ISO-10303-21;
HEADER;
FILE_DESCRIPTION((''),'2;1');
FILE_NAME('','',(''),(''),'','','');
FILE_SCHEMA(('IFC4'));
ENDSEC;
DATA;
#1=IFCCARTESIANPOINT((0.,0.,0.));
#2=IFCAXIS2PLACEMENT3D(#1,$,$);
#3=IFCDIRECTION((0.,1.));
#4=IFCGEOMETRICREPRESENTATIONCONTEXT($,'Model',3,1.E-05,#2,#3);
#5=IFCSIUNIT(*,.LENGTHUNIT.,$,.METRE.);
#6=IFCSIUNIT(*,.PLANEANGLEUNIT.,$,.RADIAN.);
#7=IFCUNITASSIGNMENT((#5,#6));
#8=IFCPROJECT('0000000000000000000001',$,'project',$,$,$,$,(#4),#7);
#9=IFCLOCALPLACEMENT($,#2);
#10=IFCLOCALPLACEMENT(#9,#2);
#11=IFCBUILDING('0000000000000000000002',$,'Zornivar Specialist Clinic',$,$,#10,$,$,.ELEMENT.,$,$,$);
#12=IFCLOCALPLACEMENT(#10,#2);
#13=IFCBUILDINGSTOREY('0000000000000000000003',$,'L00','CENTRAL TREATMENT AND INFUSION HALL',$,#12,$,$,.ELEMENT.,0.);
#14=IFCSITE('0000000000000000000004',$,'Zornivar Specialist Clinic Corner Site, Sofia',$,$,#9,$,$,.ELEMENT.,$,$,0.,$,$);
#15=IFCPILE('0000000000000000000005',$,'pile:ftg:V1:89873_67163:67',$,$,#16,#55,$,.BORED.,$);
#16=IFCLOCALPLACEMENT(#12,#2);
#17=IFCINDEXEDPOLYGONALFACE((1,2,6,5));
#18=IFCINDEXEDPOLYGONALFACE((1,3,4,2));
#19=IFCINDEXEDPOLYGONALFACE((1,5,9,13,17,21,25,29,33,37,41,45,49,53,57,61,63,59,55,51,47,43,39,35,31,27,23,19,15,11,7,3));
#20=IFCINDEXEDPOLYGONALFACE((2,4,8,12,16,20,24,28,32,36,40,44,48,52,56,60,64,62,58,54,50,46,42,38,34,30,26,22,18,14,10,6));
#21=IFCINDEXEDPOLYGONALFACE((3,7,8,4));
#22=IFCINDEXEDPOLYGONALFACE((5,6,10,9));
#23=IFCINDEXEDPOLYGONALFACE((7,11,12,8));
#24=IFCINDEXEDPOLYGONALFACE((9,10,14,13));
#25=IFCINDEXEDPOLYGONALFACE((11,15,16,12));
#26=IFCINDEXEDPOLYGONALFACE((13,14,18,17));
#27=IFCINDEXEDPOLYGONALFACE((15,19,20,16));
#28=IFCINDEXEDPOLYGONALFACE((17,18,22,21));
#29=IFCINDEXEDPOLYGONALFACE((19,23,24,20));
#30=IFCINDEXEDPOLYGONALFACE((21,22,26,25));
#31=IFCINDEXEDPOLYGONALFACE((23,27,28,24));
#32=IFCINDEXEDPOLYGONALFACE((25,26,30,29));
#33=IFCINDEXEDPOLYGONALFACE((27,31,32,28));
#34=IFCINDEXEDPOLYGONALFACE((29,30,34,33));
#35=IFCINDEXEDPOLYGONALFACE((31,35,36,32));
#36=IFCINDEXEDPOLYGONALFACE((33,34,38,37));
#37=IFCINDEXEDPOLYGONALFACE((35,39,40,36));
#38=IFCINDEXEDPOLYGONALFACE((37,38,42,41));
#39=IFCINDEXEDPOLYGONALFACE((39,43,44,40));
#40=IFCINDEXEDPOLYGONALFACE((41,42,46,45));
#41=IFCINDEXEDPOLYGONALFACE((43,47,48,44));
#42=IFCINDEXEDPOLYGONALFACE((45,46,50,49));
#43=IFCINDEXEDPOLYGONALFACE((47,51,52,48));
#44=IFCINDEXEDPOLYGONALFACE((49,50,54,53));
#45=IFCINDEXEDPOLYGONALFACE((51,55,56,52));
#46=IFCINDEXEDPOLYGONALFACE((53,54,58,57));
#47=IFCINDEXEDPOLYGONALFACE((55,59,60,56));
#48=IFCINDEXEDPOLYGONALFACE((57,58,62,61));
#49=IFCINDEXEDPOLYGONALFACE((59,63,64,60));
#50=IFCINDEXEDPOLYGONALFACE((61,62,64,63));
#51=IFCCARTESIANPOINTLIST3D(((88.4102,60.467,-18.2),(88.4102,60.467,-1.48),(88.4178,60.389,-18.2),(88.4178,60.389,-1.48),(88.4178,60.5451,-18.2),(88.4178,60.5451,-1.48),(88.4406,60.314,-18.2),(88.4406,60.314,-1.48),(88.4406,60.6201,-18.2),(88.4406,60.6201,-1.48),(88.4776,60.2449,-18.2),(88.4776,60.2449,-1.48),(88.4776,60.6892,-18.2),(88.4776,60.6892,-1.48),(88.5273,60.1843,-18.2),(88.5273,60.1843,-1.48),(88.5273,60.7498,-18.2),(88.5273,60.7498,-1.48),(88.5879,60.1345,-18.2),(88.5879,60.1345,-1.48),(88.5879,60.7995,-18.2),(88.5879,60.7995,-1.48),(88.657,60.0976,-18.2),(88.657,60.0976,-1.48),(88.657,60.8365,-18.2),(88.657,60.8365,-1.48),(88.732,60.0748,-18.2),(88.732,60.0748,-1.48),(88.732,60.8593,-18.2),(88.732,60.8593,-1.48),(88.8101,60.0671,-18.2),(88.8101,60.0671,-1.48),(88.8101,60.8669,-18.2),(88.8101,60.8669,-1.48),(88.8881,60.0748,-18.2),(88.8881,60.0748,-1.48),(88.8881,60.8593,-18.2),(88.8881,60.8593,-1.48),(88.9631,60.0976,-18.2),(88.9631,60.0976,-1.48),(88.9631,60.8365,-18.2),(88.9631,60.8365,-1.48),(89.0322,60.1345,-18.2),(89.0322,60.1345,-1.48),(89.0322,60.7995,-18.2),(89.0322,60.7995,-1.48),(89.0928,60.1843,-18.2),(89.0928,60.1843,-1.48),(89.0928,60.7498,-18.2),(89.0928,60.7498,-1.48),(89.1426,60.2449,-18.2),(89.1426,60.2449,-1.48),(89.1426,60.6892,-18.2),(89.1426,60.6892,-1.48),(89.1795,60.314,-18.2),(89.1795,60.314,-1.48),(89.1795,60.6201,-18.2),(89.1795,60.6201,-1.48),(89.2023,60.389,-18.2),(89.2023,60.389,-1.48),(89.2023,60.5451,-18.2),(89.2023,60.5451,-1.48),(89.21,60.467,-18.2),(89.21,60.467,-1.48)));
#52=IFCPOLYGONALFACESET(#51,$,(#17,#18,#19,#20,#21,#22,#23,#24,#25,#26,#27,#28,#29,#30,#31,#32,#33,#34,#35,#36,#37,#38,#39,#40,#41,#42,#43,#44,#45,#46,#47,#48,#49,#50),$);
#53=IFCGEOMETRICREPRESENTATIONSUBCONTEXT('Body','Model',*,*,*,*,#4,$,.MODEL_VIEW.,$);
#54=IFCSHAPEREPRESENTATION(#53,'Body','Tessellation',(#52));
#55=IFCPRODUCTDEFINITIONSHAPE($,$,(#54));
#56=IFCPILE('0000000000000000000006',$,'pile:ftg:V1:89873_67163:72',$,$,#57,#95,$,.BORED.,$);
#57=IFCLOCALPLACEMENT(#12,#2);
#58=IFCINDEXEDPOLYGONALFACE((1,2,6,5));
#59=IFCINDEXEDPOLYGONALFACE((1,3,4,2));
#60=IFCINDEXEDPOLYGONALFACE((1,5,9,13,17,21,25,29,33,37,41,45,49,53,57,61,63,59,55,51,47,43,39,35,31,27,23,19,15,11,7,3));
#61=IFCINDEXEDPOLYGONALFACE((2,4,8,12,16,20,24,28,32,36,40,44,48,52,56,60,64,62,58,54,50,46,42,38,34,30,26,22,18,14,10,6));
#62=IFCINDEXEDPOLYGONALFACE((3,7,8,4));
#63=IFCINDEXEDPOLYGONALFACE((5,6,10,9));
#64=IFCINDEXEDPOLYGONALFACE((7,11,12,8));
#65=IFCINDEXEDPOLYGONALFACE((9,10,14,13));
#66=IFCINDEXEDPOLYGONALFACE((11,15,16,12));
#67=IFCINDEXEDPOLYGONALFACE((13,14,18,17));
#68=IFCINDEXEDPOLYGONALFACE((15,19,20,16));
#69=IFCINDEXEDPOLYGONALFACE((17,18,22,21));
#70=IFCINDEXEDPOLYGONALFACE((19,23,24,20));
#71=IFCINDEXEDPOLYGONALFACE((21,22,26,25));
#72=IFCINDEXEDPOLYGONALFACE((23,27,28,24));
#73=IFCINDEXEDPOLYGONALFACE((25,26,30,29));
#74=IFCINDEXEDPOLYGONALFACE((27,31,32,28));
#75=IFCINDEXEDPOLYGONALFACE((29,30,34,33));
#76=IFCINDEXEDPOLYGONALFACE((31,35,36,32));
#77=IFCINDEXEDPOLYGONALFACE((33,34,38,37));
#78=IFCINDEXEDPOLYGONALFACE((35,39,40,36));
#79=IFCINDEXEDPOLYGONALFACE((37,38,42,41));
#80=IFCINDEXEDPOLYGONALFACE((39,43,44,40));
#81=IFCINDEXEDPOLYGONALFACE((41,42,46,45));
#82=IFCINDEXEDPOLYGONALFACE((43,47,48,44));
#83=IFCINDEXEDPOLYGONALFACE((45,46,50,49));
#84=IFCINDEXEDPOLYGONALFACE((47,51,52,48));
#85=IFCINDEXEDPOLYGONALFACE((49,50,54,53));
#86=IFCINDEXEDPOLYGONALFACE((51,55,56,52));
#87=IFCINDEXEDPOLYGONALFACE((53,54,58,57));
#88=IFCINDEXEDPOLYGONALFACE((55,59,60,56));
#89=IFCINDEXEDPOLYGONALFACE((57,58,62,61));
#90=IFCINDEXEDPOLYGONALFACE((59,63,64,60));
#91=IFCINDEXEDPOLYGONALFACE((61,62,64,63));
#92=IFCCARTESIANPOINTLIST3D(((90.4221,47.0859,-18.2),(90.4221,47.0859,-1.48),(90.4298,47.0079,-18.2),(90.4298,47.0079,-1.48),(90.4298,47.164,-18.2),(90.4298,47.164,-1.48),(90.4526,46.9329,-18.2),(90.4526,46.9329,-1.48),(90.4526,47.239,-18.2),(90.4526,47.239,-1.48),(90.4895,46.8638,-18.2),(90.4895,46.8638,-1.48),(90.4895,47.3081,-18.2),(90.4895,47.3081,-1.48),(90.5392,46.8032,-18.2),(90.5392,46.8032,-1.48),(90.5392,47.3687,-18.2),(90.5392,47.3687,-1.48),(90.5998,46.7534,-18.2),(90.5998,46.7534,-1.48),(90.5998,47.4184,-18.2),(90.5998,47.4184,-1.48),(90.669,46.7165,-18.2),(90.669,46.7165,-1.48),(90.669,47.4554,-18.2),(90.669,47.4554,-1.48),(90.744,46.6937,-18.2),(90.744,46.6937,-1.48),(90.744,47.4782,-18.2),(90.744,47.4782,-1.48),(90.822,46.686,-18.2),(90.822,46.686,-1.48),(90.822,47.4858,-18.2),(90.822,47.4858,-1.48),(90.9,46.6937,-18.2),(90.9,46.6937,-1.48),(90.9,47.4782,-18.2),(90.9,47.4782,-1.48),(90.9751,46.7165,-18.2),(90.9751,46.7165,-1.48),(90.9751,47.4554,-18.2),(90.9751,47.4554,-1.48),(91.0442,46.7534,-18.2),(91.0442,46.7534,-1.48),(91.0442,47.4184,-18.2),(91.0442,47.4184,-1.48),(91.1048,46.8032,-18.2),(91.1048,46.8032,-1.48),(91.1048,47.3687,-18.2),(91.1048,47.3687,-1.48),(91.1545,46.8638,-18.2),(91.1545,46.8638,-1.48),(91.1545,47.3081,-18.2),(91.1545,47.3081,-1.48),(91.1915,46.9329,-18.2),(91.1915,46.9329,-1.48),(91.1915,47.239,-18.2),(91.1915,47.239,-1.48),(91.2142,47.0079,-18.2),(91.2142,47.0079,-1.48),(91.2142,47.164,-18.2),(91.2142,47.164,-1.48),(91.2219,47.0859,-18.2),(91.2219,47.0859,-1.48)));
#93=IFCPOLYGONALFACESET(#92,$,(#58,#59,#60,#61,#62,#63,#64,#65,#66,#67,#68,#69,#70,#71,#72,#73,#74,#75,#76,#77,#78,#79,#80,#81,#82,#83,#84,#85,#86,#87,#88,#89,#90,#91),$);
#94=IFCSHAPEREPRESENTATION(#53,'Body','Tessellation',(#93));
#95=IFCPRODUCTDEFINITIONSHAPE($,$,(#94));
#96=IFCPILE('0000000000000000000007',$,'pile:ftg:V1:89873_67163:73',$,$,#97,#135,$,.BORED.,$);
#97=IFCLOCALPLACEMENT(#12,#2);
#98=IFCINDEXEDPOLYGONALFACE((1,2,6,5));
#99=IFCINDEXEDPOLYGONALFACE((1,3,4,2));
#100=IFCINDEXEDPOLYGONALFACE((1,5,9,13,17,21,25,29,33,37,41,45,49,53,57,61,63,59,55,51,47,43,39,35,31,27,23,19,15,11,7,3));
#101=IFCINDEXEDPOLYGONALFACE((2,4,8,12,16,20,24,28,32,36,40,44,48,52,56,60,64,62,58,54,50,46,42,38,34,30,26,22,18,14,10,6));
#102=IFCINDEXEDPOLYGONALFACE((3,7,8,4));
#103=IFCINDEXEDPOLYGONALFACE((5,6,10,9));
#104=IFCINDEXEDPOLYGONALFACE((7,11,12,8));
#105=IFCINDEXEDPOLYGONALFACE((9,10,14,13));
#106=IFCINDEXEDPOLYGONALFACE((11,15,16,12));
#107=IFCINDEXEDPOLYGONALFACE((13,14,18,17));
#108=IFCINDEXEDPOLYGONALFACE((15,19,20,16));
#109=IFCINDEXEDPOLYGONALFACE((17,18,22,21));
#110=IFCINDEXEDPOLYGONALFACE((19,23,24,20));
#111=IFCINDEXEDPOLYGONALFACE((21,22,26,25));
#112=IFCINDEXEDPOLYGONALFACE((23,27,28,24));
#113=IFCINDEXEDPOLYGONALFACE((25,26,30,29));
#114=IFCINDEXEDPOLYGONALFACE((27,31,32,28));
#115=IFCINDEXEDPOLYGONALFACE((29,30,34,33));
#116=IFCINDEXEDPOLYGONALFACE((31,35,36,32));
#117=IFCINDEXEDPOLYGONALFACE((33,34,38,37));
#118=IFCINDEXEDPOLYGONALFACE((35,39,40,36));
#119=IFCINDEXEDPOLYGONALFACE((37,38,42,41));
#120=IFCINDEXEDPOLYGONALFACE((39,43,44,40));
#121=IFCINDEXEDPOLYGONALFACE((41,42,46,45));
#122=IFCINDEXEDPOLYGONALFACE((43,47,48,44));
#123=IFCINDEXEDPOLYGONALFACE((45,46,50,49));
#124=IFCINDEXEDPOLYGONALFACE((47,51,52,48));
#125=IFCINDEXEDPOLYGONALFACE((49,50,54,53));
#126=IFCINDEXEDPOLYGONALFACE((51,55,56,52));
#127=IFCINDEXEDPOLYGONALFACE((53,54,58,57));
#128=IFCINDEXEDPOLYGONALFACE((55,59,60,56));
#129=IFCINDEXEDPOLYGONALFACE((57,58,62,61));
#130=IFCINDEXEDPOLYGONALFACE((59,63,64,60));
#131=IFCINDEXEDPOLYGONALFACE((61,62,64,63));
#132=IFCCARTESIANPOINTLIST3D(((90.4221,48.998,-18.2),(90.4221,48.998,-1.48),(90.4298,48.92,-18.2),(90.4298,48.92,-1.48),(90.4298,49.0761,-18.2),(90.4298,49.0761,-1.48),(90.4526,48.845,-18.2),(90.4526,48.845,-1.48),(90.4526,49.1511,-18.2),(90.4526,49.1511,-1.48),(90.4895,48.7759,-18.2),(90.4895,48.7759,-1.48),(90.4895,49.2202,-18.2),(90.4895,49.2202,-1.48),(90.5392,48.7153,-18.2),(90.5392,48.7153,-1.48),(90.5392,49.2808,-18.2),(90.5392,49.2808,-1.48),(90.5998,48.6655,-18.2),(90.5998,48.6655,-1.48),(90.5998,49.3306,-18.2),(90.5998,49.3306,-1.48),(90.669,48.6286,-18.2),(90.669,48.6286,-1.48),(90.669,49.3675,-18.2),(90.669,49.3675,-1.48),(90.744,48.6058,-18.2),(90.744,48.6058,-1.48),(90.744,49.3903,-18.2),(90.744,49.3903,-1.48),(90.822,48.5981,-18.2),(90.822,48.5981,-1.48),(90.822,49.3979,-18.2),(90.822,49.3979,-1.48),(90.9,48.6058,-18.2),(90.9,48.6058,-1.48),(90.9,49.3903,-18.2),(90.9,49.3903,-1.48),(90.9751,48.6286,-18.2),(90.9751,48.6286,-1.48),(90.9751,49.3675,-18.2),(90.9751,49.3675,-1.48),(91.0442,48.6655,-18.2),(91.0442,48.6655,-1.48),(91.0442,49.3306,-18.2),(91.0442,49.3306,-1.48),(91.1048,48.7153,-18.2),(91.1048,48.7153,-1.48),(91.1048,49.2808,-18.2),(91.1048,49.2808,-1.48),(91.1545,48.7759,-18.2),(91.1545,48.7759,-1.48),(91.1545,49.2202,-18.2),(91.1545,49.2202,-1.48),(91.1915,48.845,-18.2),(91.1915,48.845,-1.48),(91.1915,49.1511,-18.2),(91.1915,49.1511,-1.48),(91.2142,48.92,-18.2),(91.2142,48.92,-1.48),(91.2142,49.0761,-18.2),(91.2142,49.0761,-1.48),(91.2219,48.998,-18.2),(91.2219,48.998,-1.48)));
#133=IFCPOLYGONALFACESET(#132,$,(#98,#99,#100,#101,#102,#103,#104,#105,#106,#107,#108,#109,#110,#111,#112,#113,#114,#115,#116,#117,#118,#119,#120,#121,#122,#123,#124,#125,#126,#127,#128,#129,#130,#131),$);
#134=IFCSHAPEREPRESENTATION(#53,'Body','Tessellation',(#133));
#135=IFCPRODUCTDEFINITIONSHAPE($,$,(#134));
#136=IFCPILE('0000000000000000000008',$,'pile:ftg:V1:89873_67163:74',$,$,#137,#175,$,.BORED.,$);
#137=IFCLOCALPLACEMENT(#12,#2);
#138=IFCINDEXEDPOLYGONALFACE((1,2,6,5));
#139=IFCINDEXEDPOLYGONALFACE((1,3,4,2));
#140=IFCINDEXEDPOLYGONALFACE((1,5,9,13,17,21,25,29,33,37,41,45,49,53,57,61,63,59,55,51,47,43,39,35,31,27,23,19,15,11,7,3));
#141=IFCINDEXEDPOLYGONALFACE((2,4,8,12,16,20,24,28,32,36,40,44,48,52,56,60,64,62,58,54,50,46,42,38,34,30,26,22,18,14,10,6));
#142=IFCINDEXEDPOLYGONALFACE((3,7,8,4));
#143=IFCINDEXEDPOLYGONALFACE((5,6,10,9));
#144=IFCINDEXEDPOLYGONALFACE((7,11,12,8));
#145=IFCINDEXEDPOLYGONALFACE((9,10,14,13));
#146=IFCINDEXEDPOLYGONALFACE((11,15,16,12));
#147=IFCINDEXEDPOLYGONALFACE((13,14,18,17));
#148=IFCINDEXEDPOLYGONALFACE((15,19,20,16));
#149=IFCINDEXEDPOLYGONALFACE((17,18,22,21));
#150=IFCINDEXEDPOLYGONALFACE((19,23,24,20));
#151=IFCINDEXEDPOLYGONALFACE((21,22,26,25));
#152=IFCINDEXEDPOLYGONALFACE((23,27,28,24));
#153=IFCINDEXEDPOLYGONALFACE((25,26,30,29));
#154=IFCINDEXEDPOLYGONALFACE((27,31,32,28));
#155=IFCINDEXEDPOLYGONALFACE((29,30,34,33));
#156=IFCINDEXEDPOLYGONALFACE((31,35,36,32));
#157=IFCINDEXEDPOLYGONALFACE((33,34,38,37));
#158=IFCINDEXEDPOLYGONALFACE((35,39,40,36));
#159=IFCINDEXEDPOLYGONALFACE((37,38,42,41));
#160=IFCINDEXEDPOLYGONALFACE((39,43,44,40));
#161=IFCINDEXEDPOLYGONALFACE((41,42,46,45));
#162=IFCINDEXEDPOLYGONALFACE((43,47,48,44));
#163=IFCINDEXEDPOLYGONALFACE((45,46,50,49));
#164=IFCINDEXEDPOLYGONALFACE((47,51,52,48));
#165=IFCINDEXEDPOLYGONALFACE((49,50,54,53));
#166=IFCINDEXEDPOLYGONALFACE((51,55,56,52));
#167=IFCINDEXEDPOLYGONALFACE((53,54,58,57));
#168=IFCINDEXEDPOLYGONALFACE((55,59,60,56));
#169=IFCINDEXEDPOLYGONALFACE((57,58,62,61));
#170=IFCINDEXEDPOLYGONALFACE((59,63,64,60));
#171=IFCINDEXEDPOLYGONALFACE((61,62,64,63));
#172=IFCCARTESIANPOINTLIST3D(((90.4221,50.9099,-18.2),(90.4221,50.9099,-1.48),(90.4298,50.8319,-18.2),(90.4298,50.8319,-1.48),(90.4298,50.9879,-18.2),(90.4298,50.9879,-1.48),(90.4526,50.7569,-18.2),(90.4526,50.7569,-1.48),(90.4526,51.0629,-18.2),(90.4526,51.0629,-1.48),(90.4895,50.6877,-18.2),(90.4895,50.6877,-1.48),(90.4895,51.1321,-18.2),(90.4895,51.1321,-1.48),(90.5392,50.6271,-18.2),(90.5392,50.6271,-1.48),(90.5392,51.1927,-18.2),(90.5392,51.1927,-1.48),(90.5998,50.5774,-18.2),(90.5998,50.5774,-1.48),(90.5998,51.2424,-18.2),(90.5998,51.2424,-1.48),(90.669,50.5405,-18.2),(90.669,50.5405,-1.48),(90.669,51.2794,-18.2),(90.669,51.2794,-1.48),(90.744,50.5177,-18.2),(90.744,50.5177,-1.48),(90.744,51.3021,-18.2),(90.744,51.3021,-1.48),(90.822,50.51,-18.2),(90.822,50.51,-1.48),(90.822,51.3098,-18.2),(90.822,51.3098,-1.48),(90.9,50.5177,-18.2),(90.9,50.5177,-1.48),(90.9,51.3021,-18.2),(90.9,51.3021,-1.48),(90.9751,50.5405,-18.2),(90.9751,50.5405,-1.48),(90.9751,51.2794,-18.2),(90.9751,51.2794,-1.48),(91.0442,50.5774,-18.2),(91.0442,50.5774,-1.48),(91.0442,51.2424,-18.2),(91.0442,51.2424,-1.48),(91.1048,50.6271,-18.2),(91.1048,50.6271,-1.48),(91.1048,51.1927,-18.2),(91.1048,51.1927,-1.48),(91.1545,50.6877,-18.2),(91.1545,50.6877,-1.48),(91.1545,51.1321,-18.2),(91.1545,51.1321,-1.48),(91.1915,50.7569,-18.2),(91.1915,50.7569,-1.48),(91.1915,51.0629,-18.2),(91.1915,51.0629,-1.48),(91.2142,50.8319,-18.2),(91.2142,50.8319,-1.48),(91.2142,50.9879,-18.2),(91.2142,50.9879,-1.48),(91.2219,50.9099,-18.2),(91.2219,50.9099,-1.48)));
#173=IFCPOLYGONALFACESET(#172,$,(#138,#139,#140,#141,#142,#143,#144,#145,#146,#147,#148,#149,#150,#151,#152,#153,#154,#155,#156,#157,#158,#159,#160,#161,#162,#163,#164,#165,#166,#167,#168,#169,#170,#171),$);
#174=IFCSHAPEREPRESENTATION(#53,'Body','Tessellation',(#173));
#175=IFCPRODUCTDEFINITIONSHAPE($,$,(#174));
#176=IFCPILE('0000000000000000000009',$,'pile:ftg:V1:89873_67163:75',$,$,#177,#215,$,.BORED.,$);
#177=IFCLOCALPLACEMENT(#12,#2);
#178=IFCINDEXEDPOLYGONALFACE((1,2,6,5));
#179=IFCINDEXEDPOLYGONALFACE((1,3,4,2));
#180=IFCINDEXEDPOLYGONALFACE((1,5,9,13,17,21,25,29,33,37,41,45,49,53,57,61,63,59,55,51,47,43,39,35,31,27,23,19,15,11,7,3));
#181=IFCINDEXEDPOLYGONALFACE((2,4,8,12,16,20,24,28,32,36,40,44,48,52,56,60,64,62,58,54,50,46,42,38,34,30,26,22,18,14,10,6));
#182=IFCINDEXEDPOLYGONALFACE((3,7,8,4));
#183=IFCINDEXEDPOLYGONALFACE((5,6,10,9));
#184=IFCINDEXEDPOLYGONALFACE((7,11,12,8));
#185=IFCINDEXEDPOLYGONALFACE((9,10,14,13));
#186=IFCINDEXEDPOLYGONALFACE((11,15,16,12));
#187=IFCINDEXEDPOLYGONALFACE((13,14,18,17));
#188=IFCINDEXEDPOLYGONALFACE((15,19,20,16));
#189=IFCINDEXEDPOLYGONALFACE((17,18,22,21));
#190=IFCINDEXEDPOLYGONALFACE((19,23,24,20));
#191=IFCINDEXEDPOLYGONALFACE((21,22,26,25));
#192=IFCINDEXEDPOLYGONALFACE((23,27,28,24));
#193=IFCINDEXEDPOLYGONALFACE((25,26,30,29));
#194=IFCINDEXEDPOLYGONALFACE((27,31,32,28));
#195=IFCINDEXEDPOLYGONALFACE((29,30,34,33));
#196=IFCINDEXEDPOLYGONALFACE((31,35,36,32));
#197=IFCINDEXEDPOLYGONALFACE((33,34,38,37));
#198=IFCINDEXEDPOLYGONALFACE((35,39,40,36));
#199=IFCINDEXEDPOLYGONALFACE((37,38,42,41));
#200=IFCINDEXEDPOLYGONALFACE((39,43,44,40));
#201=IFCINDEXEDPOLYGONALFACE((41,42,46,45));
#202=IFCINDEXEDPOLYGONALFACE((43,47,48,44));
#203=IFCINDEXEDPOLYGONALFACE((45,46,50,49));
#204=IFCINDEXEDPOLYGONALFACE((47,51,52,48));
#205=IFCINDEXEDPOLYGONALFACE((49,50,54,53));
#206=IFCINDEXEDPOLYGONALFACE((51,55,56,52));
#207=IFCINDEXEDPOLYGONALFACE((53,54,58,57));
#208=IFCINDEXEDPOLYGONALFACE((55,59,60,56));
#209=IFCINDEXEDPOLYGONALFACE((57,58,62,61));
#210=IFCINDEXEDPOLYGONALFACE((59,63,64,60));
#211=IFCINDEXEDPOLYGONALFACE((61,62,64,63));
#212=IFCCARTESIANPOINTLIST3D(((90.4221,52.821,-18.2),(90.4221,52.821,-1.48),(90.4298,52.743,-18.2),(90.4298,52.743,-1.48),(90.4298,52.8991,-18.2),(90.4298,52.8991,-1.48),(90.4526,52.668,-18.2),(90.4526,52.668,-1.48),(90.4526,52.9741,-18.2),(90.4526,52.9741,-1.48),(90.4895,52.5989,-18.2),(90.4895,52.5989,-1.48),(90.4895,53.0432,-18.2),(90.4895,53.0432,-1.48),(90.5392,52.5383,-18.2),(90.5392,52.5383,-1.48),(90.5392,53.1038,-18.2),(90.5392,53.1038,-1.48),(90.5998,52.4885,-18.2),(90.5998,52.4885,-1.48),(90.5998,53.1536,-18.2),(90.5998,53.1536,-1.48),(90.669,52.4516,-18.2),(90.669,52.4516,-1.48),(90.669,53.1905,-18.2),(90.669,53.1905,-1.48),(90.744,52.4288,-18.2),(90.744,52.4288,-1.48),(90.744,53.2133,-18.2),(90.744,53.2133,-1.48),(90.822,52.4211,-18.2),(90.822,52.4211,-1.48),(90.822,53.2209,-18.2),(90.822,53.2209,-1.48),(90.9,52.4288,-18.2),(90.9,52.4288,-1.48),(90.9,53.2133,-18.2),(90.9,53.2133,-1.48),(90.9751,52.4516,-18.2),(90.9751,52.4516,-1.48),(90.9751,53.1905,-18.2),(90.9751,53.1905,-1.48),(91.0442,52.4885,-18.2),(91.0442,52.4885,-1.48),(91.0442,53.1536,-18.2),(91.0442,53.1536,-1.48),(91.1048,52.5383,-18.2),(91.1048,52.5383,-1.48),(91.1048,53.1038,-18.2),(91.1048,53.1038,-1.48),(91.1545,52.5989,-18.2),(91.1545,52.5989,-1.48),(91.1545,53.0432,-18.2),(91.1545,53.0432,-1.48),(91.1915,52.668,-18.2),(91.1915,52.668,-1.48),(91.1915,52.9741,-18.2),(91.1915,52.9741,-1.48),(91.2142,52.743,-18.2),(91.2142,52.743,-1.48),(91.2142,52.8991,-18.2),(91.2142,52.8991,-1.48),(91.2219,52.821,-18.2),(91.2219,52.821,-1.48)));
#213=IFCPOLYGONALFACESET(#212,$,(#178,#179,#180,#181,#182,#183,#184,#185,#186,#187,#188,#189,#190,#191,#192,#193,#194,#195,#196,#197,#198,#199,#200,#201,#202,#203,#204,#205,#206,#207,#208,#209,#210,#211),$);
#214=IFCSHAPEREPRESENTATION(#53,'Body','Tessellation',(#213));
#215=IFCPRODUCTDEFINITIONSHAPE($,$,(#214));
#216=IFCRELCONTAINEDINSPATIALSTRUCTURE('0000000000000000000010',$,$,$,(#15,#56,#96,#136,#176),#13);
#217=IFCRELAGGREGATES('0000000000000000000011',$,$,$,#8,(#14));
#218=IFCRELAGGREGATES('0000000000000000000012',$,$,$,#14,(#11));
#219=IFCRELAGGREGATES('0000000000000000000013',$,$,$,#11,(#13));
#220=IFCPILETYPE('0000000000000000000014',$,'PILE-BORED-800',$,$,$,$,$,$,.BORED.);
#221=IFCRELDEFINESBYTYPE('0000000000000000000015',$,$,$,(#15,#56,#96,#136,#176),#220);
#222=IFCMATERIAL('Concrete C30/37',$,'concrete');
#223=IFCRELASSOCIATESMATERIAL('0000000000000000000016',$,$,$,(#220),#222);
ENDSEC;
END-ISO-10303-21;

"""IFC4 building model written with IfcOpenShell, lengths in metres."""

from ifc_helpers import new_model, si_unit, direction, frame, origin, origin_2d, place, context, subcontext, project, spatial, circle, extrude, material, material_profile, profile_set, type_object, element, save


model = new_model("IFC4")

# Units and contexts
model_context = context("Model", 3, precision=1e-05, world=origin(), true_north=direction((0.0, 1.0)))
body_context = subcontext(model_context, "Body", "Model", "MODEL_VIEW")
ifc_project = project(units=[si_unit("LENGTHUNIT", "METRE"), si_unit("PLANEANGLEUNIT", "RADIAN")], contexts=[model_context])

# Site, building, storey
site_placement = place(None, origin())
site = spatial("IfcSite", under=ifc_project, at=site_placement, Name="Zornivar Specialist Clinic Corner Site, Sofia", CompositionType="ELEMENT", RefElevation=0.0)
building_placement = place(site_placement, origin())
building = spatial("IfcBuilding", under=site, at=building_placement, Name="Zornivar Specialist Clinic", CompositionType="ELEMENT")
storey_placement = place(building_placement, origin())
storey = spatial("IfcBuildingStorey", under=building, at=storey_placement, Name="L00", Description="CENTRAL TREATMENT AND INFUSION HALL", CompositionType="ELEMENT", Elevation=0.0)

# Piles
ifc_material_1 = material(Name="Concrete C30/37", Category="concrete")
ifc_material_profile_1 = material_profile(ifc_material_1, circle(Radius=0.3999, at=origin_2d()), Name="PILE D800")
ifc_profile_set_1 = profile_set([ifc_material_profile_1], Name="Concrete C30/37")
pile_type = type_object("IfcPileType", Name="PILE-BORED-800", PredefinedType="BORED", material=ifc_profile_set_1)
for number, where, z_axis, x_axis, name in (
    (1, (88.8101, 60.467, -1.48), (0.0, 0.0, -1.0), (1.0, 0.0, 0.0), "pile:ftg:V1:89873_67163:67"),
    (2, (90.822, 47.0859, -1.48), (0.0, 0.0, -1.0), (1.0, 0.0, 0.0), "pile:ftg:V1:89873_67163:72"),
    (3, (90.822, 48.998, -1.48), (0.0, 0.0, -1.0), (1.0, 0.0, 0.0), "pile:ftg:V1:89873_67163:73"),
    (4, (90.822, 50.9099, -1.48), (0.0, 0.0, -1.0), (1.0, 0.0, 0.0), "pile:ftg:V1:89873_67163:74"),
    (5, (90.822, 52.821, -1.48), (0.0, 0.0, -1.0), (1.0, 0.0, 0.0), "pile:ftg:V1:89873_67163:75"),
):
    element("IfcPile", number, at=place(storey_placement, frame(where, z_axis=z_axis, x_axis=x_axis)), inside=storey, type_object=pile_type, Name=name, PredefinedType="BORED", context=body_context, shape_type="SweptSolid", body=[
        extrude(circle(Radius=0.3999, at=origin_2d()), origin(), (0.0, 0.0, 1.0), 16.72),
    ])

save(model, "model.ifc")
